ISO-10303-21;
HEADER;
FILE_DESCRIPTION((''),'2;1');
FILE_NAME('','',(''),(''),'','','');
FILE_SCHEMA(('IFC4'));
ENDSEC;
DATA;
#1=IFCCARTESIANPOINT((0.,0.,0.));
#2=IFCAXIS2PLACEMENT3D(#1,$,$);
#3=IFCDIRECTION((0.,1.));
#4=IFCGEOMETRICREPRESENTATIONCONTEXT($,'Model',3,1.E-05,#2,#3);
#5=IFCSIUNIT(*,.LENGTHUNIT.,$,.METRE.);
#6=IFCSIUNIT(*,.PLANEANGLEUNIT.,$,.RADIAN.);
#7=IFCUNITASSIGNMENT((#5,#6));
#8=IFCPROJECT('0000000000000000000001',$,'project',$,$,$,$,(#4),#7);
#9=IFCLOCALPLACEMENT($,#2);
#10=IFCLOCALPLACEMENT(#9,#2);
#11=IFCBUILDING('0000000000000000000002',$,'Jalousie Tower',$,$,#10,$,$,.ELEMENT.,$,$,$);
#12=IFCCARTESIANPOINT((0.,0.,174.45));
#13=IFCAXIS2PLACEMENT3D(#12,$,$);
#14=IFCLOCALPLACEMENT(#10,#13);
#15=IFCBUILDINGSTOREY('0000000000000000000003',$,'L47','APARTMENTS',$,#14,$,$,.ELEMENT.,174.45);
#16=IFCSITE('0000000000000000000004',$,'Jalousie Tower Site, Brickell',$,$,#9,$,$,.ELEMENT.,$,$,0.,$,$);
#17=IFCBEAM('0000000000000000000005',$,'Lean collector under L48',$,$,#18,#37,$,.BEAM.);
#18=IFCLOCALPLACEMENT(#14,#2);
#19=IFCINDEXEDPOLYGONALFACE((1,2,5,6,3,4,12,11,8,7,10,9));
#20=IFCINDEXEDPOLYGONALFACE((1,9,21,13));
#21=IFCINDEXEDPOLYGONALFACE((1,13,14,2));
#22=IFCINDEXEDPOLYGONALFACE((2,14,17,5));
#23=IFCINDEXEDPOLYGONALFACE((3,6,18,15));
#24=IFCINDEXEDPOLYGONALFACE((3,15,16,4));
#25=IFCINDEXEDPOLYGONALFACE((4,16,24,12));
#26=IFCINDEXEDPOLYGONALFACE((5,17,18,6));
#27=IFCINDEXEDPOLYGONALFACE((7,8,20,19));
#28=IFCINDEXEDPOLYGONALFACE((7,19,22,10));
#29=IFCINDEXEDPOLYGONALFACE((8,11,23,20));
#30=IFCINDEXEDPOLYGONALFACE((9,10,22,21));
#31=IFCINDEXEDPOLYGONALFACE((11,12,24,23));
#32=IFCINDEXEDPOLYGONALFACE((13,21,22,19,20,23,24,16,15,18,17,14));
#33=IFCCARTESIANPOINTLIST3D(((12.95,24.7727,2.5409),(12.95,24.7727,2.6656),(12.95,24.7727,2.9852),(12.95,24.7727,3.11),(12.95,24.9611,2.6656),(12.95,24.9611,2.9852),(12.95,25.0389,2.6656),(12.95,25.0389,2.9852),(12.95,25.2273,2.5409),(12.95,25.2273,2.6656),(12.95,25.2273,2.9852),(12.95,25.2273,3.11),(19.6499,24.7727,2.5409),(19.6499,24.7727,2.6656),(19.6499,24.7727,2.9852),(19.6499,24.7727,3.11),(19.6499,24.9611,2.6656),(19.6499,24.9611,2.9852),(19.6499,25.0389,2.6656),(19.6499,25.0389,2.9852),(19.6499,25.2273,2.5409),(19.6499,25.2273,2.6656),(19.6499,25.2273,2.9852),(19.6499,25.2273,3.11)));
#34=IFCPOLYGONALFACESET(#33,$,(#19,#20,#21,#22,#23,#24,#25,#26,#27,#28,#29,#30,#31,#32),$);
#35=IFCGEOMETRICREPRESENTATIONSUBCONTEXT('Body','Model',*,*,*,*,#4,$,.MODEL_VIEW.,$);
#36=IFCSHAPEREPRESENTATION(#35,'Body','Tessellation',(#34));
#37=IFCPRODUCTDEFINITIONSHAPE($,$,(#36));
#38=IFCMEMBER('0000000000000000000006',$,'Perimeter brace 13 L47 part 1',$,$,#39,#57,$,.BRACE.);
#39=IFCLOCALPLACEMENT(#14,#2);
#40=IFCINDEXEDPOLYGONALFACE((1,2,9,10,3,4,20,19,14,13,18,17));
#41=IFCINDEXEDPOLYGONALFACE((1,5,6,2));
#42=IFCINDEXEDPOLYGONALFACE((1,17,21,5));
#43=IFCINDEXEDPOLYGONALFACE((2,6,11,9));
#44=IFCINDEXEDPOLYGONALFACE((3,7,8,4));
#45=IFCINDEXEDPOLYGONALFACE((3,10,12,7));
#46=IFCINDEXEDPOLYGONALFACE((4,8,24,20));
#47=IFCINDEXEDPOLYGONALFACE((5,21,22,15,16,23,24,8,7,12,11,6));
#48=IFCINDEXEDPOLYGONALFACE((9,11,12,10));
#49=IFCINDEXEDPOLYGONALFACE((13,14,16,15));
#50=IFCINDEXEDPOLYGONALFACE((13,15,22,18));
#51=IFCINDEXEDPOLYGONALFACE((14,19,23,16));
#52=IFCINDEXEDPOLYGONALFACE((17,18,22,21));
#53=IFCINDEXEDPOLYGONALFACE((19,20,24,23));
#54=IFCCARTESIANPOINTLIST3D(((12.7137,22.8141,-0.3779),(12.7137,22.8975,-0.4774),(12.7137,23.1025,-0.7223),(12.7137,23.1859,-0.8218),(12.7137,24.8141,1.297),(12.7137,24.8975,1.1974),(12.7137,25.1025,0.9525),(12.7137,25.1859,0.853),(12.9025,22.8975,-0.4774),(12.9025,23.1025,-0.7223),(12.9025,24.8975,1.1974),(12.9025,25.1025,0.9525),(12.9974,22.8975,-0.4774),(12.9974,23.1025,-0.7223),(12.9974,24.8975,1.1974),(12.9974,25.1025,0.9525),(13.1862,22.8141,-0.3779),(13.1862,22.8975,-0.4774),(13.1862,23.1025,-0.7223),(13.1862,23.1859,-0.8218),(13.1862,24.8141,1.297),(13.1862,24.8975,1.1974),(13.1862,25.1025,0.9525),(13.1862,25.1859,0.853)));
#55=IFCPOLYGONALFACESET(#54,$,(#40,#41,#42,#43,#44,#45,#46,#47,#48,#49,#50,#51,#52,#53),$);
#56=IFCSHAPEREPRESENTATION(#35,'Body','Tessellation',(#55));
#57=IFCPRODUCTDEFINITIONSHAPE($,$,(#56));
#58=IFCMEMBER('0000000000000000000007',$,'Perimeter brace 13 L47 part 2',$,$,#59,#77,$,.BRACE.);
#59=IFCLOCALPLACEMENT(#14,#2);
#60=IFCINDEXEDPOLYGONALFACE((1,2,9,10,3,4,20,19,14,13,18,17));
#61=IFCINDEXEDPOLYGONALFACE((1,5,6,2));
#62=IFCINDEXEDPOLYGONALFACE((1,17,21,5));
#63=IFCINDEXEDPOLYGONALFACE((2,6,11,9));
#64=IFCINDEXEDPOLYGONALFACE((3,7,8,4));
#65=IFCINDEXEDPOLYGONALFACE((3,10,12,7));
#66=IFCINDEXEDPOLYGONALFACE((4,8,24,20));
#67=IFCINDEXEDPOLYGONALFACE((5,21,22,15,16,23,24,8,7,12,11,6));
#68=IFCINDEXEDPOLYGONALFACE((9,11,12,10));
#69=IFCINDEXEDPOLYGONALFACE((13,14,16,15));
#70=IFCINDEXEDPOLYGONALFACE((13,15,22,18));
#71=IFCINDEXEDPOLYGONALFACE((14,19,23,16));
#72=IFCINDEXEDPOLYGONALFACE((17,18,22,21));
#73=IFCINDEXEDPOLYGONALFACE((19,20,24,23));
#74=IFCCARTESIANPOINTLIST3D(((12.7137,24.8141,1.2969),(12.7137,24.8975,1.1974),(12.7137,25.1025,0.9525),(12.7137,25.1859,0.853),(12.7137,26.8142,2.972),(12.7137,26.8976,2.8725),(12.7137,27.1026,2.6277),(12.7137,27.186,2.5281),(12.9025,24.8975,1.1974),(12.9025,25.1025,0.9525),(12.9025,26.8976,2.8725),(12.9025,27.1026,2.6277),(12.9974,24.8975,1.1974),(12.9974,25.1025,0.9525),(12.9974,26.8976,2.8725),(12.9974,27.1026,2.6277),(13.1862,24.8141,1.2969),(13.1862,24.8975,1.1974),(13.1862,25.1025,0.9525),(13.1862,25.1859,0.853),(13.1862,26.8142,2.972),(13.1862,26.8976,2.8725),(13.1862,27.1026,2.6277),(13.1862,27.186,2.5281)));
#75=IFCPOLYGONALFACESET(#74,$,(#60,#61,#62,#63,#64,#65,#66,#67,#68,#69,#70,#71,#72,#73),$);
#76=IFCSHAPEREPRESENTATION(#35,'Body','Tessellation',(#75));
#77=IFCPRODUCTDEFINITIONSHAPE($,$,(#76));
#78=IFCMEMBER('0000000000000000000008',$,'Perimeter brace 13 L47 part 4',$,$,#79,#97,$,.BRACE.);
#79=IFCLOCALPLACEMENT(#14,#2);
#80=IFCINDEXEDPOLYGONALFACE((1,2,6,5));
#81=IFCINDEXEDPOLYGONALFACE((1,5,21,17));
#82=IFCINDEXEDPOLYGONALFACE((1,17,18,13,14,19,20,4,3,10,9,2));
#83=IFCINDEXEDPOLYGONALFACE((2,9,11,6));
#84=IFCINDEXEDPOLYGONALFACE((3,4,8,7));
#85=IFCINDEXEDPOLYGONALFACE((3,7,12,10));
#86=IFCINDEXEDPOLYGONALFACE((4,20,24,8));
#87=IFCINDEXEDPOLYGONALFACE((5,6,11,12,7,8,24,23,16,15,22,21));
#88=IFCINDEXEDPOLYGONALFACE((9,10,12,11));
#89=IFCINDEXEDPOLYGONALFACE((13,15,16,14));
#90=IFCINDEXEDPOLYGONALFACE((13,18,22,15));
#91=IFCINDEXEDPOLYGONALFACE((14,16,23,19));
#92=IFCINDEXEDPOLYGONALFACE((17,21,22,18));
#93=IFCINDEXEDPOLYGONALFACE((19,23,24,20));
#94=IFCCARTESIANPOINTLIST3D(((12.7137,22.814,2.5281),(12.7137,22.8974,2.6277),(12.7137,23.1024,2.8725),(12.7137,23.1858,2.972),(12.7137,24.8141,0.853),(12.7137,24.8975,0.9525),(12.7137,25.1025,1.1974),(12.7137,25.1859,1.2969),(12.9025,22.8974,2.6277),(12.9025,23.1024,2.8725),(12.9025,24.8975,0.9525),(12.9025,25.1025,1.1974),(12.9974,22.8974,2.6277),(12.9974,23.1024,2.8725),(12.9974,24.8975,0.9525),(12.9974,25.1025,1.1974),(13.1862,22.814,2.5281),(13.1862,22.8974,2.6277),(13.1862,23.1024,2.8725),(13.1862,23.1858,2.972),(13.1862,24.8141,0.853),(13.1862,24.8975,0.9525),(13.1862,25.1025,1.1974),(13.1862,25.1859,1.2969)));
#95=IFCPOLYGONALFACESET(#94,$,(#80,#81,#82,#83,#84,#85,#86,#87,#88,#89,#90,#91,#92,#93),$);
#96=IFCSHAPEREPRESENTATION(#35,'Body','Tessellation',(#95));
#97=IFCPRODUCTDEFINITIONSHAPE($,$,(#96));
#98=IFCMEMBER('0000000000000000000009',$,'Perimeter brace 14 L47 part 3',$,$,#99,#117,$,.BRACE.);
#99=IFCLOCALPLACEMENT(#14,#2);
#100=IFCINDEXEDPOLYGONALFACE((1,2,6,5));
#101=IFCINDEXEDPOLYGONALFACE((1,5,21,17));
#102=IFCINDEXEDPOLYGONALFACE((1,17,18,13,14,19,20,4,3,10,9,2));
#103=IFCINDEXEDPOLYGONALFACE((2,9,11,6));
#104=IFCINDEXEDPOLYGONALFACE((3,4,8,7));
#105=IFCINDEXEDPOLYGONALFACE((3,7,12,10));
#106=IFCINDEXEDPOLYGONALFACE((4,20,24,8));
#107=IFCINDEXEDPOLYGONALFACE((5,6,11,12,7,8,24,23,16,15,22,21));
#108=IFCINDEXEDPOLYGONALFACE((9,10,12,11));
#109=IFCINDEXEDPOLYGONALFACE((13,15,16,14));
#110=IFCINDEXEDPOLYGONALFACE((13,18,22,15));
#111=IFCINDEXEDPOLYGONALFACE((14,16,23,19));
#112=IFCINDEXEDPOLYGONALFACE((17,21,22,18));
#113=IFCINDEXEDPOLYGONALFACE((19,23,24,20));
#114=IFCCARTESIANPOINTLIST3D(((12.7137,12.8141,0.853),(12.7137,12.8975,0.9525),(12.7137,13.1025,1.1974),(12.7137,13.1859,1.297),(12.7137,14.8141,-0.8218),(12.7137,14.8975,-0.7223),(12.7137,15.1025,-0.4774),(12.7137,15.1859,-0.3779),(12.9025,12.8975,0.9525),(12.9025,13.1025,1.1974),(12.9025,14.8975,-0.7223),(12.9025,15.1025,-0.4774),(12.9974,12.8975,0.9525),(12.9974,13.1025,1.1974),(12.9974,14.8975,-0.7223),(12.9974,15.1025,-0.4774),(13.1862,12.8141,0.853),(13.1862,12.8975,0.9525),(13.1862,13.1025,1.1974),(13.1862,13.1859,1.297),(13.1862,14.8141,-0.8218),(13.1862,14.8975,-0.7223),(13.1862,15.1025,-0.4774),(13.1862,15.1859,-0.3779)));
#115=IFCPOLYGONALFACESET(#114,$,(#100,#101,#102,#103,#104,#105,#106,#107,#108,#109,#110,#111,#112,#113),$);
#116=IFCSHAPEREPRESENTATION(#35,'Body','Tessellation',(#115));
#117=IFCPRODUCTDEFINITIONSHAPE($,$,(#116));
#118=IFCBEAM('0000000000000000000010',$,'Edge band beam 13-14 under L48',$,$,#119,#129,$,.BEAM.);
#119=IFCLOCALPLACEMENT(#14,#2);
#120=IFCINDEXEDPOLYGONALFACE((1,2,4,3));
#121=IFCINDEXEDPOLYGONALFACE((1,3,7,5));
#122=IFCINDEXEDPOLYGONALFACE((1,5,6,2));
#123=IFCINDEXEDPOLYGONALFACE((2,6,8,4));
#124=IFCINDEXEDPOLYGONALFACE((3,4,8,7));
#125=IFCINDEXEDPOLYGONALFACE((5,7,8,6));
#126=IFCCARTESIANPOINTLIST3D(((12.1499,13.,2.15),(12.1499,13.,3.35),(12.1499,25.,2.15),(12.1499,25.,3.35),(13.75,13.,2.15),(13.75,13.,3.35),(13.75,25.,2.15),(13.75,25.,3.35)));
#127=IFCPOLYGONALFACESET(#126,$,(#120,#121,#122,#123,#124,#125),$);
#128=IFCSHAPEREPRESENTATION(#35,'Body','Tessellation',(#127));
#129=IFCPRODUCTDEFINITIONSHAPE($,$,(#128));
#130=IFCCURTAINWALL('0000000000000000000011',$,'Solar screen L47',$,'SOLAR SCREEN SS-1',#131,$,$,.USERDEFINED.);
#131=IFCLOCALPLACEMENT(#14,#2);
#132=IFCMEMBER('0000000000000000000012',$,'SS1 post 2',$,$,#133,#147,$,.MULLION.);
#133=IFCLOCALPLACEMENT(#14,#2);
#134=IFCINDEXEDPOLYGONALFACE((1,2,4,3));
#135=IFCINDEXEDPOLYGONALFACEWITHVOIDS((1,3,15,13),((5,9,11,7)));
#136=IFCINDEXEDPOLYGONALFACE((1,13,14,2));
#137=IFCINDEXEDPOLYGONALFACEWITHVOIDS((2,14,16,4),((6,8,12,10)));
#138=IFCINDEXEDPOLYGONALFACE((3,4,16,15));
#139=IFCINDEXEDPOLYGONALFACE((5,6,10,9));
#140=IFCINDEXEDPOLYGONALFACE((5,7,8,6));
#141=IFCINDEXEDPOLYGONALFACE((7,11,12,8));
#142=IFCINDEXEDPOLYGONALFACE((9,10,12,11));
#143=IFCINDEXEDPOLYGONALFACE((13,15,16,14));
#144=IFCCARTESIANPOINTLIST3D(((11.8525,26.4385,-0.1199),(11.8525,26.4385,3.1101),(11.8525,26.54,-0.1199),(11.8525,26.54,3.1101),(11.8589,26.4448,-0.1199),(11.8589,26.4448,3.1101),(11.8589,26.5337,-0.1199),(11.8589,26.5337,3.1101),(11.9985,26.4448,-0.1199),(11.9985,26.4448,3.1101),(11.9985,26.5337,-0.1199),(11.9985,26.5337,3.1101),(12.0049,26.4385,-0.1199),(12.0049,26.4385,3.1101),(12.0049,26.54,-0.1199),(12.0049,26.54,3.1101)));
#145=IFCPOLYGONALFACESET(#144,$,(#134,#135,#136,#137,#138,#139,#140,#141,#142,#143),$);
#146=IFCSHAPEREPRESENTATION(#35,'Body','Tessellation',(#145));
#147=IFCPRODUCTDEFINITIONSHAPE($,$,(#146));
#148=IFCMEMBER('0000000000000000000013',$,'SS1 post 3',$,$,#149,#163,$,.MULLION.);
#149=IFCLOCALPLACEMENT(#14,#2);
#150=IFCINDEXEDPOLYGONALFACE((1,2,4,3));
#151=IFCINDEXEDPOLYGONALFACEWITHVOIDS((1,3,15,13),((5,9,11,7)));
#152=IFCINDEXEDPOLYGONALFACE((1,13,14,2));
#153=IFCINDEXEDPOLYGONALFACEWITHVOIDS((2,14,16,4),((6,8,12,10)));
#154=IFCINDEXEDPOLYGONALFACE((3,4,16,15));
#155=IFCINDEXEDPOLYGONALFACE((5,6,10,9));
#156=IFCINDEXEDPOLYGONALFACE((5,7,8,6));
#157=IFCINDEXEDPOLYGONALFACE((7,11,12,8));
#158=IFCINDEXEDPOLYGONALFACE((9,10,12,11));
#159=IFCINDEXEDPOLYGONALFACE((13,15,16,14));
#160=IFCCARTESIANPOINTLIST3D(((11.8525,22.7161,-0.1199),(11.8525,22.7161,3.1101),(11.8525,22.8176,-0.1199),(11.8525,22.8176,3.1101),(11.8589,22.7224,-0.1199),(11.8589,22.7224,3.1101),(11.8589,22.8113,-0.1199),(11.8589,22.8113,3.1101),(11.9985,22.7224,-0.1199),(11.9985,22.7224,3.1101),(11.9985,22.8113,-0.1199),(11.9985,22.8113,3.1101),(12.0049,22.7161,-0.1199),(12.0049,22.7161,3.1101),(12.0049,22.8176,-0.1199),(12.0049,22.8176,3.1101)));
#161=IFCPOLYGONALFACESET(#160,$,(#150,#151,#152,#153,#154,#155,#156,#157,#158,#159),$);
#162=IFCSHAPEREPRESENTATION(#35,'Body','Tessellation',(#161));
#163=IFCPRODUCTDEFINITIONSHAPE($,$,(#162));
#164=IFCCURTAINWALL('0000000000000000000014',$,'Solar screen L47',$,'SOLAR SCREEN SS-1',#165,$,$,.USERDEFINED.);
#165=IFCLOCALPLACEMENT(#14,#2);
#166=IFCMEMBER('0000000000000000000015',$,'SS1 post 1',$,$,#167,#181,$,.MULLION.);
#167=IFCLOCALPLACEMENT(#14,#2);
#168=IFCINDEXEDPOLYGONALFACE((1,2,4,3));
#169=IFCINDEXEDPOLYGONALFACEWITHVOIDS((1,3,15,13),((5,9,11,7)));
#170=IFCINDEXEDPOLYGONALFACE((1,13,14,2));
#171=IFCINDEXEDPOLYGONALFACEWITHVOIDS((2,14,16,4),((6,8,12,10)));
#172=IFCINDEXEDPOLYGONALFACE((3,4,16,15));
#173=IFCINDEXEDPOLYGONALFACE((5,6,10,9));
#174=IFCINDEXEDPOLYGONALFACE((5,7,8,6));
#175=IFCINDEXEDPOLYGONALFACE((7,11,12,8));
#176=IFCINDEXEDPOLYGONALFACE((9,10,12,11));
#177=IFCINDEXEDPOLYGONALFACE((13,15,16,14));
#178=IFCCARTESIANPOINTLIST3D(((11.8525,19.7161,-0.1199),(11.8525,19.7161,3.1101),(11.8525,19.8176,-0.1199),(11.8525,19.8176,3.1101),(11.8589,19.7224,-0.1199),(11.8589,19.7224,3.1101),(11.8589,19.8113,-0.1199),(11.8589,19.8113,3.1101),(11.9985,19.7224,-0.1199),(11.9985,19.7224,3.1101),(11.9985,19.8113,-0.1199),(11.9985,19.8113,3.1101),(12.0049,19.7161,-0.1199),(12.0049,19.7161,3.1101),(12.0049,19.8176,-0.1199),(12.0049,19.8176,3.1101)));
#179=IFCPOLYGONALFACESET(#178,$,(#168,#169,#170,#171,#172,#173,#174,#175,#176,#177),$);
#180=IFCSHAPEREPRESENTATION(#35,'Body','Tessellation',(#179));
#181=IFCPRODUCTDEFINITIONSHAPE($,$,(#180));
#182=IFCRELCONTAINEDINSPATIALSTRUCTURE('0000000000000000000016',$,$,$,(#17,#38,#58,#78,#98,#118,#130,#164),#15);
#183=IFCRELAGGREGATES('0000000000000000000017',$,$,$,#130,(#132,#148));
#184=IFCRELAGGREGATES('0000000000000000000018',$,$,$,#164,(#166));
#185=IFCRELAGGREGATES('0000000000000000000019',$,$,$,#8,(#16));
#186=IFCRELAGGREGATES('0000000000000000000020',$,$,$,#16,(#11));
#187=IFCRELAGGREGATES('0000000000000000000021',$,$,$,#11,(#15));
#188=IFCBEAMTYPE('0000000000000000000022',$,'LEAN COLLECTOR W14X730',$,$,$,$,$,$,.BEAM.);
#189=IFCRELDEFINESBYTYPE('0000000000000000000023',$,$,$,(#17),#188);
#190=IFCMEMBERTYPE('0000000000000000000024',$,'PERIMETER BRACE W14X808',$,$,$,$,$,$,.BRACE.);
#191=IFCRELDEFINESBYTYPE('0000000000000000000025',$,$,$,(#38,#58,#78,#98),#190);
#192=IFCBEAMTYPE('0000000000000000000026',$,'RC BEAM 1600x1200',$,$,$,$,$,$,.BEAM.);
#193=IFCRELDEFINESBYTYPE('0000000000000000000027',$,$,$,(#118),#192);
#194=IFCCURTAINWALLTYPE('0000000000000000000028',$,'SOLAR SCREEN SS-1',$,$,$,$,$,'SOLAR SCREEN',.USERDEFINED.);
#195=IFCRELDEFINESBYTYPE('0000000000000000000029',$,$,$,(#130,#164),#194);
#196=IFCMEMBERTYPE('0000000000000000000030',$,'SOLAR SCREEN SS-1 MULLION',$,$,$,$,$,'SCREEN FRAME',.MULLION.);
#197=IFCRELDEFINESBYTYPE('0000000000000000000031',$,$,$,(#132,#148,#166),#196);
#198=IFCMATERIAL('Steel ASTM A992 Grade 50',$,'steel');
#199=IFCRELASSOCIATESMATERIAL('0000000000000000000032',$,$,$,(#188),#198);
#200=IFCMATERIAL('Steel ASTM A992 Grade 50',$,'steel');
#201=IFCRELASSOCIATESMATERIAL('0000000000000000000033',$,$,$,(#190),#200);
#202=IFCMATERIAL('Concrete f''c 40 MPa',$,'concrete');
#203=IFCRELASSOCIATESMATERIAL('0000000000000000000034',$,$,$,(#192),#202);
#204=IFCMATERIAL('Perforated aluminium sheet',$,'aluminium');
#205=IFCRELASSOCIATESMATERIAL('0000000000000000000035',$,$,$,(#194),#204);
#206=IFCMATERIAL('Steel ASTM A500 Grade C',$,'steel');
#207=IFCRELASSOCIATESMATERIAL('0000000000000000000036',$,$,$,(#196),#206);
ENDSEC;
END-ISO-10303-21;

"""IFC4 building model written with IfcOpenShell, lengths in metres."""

from ifc_helpers import new_model, si_unit, direction, frame, origin, origin_2d, place, context, subcontext, project, spatial, rectangle, hollow_rectangle, i_section, extrude, material, material_profile, profile_set, type_object, element, aggregate, save


model = new_model("IFC4")

# Units and contexts
model_context = context("Model", 3, precision=1e-05, world=origin(), true_north=direction((0.0, 1.0)))
body_context = subcontext(model_context, "Body", "Model", "MODEL_VIEW")
ifc_project = project(units=[si_unit("LENGTHUNIT", "METRE"), si_unit("PLANEANGLEUNIT", "RADIAN")], contexts=[model_context])

# Site, building, storey
site_placement = place(None, origin())
site = spatial("IfcSite", under=ifc_project, at=site_placement, Name="Jalousie Tower Site, Brickell", CompositionType="ELEMENT", RefElevation=0.0)
building_placement = place(site_placement, origin())
building = spatial("IfcBuilding", under=site, at=building_placement, Name="Jalousie Tower", CompositionType="ELEMENT")
storey_placement = place(building_placement, frame((0.0, 0.0, 174.45)))
storey = spatial("IfcBuildingStorey", under=building, at=storey_placement, Name="L47", Description="APARTMENTS", CompositionType="ELEMENT", Elevation=174.45)

# Beam
ifc_material_1 = material(Name="Steel ASTM A992 Grade 50", Category="steel")
ifc_material_profile_1 = material_profile(ifc_material_1, i_section(OverallWidth=0.4546, OverallDepth=0.5691, WebThickness=0.0779, FlangeThickness=0.1248, at=origin_2d()), Name="W14X730")
ifc_profile_set_1 = profile_set([ifc_material_profile_1], Name="Steel ASTM A992 Grade 50")
beam_type_1 = type_object("IfcBeamType", Name="LEAN COLLECTOR W14X730", PredefinedType="BEAM", material=ifc_profile_set_1)
beam_1_placement = place(storey_placement, frame((12.95, 25.0, 2.8254), z_axis=(1.0, 0.0, 0.0), x_axis=(0.0, 1.0, 0.0)))
element("IfcBeam", 1, at=beam_1_placement, inside=storey, type_object=beam_type_1, Name="Lean collector under L48", PredefinedType="BEAM", context=body_context, shape_type="SweptSolid", body=[
    extrude(i_section(OverallWidth=0.4546, OverallDepth=0.5691, WebThickness=0.0779, FlangeThickness=0.1248, at=origin_2d()), origin(), (0.0, 0.0, 1.0), 6.7),
])

# Members
ifc_material_2 = material(Name="Steel ASTM A992 Grade 50", Category="steel")
ifc_material_profile_2 = material_profile(ifc_material_2, i_section(OverallWidth=0.4724, OverallDepth=0.5791, WebThickness=0.095, FlangeThickness=0.1299, at=origin_2d()), Name="W14X808")
ifc_profile_set_2 = profile_set([ifc_material_profile_2], Name="Steel ASTM A992 Grade 50")
member_type_1 = type_object("IfcMemberType", Name="PERIMETER BRACE W14X808", PredefinedType="BRACE", material=ifc_profile_set_2)
member_1_placement = place(storey_placement, frame((12.95, 23.0, -0.5999), z_axis=(0.0, 0.766685, 0.642024), x_axis=(-1.0, 0.0, 0.0)))
element("IfcMember", 2, at=member_1_placement, inside=storey, type_object=member_type_1, Name="Perimeter brace 13 L47 part 1", PredefinedType="BRACE", context=body_context, shape_type="SweptSolid", body=[
    extrude(i_section(OverallWidth=0.4724, OverallDepth=0.5791, WebThickness=0.095, FlangeThickness=0.1299, at=origin_2d()), origin(), (0.0, 0.0, 1.0), 2.6086),
])
for number, where, z_axis, x_axis, name in (
    (3, (12.95, 25.0, 1.075), (0.0, 0.766639, 0.642079), (-1.0, 0.0, 0.0), "Perimeter brace 13 L47 part 2"),
    (4, (12.95, 25.0, 1.075), (0.0, -0.766639, 0.642079), (1.0, 0.0, 0.0), "Perimeter brace 13 L47 part 4"),
):
    element("IfcMember", number, at=place(storey_placement, frame(where, z_axis=z_axis, x_axis=x_axis)), inside=storey, type_object=member_type_1, Name=name, PredefinedType="BRACE", context=body_context, shape_type="SweptSolid", body=[
        extrude(i_section(OverallWidth=0.4724, OverallDepth=0.5791, WebThickness=0.095, FlangeThickness=0.1299, at=origin_2d()), origin(), (0.0, 0.0, 1.0), 2.6089),
    ])
member_2_placement = place(storey_placement, frame((12.95, 15.0, -0.5999), z_axis=(0.0, -0.766685, 0.642024), x_axis=(1.0, 0.0, 0.0)))
element("IfcMember", 5, at=member_2_placement, inside=storey, type_object=member_type_1, Name="Perimeter brace 14 L47 part 3", PredefinedType="BRACE", context=body_context, shape_type="SweptSolid", body=[
    extrude(i_section(OverallWidth=0.4724, OverallDepth=0.5791, WebThickness=0.095, FlangeThickness=0.1299, at=origin_2d()), origin(), (0.0, 0.0, 1.0), 2.6086),
])

# Beam
ifc_material_3 = material(Name="Concrete f'c 40 MPa", Category="concrete")
ifc_material_profile_3 = material_profile(ifc_material_3, rectangle(XDim=1.6001, YDim=1.2, at=origin_2d()), Name="RC 1600x1200")
ifc_profile_set_3 = profile_set([ifc_material_profile_3], Name="Concrete f'c 40 MPa")
beam_type_2 = type_object("IfcBeamType", Name="RC BEAM 1600x1200", PredefinedType="BEAM", material=ifc_profile_set_3)
beam_2_placement = place(storey_placement, frame((12.95, 25.0, 2.75), z_axis=(0.0, -1.0, 0.0), x_axis=(1.0, 0.0, 0.0)))
element("IfcBeam", 6, at=beam_2_placement, inside=storey, type_object=beam_type_2, Name="Edge band beam 13-14 under L48", PredefinedType="BEAM", context=body_context, shape_type="SweptSolid", body=[
    extrude(rectangle(XDim=1.6001, YDim=1.2, at=origin_2d()), origin(), (0.0, 0.0, 1.0), 12.0),
])

# Curtain walls, members
ifc_material_4 = material(Name="Perforated aluminium sheet", Category="aluminium")
curtain_wall_type = type_object("IfcCurtainWallType", Name="SOLAR SCREEN SS-1", ElementType="SOLAR SCREEN", PredefinedType="USERDEFINED", material=ifc_material_4)
curtain_wall_1_placement = place(storey_placement, origin())
curtain_wall_1 = element("IfcCurtainWall", 7, at=curtain_wall_1_placement, inside=storey, type_object=curtain_wall_type, Name="Solar screen L47", ObjectType="SOLAR SCREEN SS-1", PredefinedType="USERDEFINED")
ifc_material_5 = material(Name="Steel ASTM A500 Grade C", Category="steel")
ifc_material_profile_4 = material_profile(ifc_material_5, hollow_rectangle(XDim=0.1016, YDim=0.1523, WallThickness=0.0063, at=origin_2d()), Name="HSS6X4X1/4")
ifc_profile_set_4 = profile_set([ifc_material_profile_4], Name="Steel ASTM A500 Grade C")
member_type_2 = type_object("IfcMemberType", Name="SOLAR SCREEN SS-1 MULLION", ElementType="SCREEN FRAME", PredefinedType="MULLION", material=ifc_profile_set_4)
member_3_placement = place(storey_placement, frame((11.9287, 26.4893, -0.1199), z_axis=(0.0, 0.0, 1.0), x_axis=(0.0, -1.0, 0.0)))
member_3 = element("IfcMember", 8, at=member_3_placement, type_object=member_type_2, Name="SS1 post 2", PredefinedType="MULLION", context=body_context, shape_type="SweptSolid", body=[
    extrude(hollow_rectangle(XDim=0.1016, YDim=0.1523, WallThickness=0.0063, at=origin_2d()), origin(), (0.0, 0.0, 1.0), 3.23),
])
member_4_placement = place(storey_placement, frame((11.9287, 22.7668, -0.1199), z_axis=(0.0, 0.0, 1.0), x_axis=(0.0, -1.0, 0.0)))
member_4 = element("IfcMember", 9, at=member_4_placement, type_object=member_type_2, Name="SS1 post 3", PredefinedType="MULLION", context=body_context, shape_type="SweptSolid", body=[
    extrude(hollow_rectangle(XDim=0.1016, YDim=0.1523, WallThickness=0.0063, at=origin_2d()), origin(), (0.0, 0.0, 1.0), 3.23),
])
curtain_wall_2_placement = place(storey_placement, origin())
curtain_wall_2 = element("IfcCurtainWall", 10, at=curtain_wall_2_placement, inside=storey, type_object=curtain_wall_type, Name="Solar screen L47", ObjectType="SOLAR SCREEN SS-1", PredefinedType="USERDEFINED")
member_5_placement = place(storey_placement, frame((11.9287, 19.7668, -0.1199), z_axis=(0.0, 0.0, 1.0), x_axis=(0.0, -1.0, 0.0)))
member_5 = element("IfcMember", 11, at=member_5_placement, type_object=member_type_2, Name="SS1 post 1", PredefinedType="MULLION", context=body_context, shape_type="SweptSolid", body=[
    extrude(hollow_rectangle(XDim=0.1016, YDim=0.1523, WallThickness=0.0063, at=origin_2d()), origin(), (0.0, 0.0, 1.0), 3.23),
])

aggregate(curtain_wall_1, [member_3, member_4])
aggregate(curtain_wall_2, [member_5])

save(model, "model.ifc")
